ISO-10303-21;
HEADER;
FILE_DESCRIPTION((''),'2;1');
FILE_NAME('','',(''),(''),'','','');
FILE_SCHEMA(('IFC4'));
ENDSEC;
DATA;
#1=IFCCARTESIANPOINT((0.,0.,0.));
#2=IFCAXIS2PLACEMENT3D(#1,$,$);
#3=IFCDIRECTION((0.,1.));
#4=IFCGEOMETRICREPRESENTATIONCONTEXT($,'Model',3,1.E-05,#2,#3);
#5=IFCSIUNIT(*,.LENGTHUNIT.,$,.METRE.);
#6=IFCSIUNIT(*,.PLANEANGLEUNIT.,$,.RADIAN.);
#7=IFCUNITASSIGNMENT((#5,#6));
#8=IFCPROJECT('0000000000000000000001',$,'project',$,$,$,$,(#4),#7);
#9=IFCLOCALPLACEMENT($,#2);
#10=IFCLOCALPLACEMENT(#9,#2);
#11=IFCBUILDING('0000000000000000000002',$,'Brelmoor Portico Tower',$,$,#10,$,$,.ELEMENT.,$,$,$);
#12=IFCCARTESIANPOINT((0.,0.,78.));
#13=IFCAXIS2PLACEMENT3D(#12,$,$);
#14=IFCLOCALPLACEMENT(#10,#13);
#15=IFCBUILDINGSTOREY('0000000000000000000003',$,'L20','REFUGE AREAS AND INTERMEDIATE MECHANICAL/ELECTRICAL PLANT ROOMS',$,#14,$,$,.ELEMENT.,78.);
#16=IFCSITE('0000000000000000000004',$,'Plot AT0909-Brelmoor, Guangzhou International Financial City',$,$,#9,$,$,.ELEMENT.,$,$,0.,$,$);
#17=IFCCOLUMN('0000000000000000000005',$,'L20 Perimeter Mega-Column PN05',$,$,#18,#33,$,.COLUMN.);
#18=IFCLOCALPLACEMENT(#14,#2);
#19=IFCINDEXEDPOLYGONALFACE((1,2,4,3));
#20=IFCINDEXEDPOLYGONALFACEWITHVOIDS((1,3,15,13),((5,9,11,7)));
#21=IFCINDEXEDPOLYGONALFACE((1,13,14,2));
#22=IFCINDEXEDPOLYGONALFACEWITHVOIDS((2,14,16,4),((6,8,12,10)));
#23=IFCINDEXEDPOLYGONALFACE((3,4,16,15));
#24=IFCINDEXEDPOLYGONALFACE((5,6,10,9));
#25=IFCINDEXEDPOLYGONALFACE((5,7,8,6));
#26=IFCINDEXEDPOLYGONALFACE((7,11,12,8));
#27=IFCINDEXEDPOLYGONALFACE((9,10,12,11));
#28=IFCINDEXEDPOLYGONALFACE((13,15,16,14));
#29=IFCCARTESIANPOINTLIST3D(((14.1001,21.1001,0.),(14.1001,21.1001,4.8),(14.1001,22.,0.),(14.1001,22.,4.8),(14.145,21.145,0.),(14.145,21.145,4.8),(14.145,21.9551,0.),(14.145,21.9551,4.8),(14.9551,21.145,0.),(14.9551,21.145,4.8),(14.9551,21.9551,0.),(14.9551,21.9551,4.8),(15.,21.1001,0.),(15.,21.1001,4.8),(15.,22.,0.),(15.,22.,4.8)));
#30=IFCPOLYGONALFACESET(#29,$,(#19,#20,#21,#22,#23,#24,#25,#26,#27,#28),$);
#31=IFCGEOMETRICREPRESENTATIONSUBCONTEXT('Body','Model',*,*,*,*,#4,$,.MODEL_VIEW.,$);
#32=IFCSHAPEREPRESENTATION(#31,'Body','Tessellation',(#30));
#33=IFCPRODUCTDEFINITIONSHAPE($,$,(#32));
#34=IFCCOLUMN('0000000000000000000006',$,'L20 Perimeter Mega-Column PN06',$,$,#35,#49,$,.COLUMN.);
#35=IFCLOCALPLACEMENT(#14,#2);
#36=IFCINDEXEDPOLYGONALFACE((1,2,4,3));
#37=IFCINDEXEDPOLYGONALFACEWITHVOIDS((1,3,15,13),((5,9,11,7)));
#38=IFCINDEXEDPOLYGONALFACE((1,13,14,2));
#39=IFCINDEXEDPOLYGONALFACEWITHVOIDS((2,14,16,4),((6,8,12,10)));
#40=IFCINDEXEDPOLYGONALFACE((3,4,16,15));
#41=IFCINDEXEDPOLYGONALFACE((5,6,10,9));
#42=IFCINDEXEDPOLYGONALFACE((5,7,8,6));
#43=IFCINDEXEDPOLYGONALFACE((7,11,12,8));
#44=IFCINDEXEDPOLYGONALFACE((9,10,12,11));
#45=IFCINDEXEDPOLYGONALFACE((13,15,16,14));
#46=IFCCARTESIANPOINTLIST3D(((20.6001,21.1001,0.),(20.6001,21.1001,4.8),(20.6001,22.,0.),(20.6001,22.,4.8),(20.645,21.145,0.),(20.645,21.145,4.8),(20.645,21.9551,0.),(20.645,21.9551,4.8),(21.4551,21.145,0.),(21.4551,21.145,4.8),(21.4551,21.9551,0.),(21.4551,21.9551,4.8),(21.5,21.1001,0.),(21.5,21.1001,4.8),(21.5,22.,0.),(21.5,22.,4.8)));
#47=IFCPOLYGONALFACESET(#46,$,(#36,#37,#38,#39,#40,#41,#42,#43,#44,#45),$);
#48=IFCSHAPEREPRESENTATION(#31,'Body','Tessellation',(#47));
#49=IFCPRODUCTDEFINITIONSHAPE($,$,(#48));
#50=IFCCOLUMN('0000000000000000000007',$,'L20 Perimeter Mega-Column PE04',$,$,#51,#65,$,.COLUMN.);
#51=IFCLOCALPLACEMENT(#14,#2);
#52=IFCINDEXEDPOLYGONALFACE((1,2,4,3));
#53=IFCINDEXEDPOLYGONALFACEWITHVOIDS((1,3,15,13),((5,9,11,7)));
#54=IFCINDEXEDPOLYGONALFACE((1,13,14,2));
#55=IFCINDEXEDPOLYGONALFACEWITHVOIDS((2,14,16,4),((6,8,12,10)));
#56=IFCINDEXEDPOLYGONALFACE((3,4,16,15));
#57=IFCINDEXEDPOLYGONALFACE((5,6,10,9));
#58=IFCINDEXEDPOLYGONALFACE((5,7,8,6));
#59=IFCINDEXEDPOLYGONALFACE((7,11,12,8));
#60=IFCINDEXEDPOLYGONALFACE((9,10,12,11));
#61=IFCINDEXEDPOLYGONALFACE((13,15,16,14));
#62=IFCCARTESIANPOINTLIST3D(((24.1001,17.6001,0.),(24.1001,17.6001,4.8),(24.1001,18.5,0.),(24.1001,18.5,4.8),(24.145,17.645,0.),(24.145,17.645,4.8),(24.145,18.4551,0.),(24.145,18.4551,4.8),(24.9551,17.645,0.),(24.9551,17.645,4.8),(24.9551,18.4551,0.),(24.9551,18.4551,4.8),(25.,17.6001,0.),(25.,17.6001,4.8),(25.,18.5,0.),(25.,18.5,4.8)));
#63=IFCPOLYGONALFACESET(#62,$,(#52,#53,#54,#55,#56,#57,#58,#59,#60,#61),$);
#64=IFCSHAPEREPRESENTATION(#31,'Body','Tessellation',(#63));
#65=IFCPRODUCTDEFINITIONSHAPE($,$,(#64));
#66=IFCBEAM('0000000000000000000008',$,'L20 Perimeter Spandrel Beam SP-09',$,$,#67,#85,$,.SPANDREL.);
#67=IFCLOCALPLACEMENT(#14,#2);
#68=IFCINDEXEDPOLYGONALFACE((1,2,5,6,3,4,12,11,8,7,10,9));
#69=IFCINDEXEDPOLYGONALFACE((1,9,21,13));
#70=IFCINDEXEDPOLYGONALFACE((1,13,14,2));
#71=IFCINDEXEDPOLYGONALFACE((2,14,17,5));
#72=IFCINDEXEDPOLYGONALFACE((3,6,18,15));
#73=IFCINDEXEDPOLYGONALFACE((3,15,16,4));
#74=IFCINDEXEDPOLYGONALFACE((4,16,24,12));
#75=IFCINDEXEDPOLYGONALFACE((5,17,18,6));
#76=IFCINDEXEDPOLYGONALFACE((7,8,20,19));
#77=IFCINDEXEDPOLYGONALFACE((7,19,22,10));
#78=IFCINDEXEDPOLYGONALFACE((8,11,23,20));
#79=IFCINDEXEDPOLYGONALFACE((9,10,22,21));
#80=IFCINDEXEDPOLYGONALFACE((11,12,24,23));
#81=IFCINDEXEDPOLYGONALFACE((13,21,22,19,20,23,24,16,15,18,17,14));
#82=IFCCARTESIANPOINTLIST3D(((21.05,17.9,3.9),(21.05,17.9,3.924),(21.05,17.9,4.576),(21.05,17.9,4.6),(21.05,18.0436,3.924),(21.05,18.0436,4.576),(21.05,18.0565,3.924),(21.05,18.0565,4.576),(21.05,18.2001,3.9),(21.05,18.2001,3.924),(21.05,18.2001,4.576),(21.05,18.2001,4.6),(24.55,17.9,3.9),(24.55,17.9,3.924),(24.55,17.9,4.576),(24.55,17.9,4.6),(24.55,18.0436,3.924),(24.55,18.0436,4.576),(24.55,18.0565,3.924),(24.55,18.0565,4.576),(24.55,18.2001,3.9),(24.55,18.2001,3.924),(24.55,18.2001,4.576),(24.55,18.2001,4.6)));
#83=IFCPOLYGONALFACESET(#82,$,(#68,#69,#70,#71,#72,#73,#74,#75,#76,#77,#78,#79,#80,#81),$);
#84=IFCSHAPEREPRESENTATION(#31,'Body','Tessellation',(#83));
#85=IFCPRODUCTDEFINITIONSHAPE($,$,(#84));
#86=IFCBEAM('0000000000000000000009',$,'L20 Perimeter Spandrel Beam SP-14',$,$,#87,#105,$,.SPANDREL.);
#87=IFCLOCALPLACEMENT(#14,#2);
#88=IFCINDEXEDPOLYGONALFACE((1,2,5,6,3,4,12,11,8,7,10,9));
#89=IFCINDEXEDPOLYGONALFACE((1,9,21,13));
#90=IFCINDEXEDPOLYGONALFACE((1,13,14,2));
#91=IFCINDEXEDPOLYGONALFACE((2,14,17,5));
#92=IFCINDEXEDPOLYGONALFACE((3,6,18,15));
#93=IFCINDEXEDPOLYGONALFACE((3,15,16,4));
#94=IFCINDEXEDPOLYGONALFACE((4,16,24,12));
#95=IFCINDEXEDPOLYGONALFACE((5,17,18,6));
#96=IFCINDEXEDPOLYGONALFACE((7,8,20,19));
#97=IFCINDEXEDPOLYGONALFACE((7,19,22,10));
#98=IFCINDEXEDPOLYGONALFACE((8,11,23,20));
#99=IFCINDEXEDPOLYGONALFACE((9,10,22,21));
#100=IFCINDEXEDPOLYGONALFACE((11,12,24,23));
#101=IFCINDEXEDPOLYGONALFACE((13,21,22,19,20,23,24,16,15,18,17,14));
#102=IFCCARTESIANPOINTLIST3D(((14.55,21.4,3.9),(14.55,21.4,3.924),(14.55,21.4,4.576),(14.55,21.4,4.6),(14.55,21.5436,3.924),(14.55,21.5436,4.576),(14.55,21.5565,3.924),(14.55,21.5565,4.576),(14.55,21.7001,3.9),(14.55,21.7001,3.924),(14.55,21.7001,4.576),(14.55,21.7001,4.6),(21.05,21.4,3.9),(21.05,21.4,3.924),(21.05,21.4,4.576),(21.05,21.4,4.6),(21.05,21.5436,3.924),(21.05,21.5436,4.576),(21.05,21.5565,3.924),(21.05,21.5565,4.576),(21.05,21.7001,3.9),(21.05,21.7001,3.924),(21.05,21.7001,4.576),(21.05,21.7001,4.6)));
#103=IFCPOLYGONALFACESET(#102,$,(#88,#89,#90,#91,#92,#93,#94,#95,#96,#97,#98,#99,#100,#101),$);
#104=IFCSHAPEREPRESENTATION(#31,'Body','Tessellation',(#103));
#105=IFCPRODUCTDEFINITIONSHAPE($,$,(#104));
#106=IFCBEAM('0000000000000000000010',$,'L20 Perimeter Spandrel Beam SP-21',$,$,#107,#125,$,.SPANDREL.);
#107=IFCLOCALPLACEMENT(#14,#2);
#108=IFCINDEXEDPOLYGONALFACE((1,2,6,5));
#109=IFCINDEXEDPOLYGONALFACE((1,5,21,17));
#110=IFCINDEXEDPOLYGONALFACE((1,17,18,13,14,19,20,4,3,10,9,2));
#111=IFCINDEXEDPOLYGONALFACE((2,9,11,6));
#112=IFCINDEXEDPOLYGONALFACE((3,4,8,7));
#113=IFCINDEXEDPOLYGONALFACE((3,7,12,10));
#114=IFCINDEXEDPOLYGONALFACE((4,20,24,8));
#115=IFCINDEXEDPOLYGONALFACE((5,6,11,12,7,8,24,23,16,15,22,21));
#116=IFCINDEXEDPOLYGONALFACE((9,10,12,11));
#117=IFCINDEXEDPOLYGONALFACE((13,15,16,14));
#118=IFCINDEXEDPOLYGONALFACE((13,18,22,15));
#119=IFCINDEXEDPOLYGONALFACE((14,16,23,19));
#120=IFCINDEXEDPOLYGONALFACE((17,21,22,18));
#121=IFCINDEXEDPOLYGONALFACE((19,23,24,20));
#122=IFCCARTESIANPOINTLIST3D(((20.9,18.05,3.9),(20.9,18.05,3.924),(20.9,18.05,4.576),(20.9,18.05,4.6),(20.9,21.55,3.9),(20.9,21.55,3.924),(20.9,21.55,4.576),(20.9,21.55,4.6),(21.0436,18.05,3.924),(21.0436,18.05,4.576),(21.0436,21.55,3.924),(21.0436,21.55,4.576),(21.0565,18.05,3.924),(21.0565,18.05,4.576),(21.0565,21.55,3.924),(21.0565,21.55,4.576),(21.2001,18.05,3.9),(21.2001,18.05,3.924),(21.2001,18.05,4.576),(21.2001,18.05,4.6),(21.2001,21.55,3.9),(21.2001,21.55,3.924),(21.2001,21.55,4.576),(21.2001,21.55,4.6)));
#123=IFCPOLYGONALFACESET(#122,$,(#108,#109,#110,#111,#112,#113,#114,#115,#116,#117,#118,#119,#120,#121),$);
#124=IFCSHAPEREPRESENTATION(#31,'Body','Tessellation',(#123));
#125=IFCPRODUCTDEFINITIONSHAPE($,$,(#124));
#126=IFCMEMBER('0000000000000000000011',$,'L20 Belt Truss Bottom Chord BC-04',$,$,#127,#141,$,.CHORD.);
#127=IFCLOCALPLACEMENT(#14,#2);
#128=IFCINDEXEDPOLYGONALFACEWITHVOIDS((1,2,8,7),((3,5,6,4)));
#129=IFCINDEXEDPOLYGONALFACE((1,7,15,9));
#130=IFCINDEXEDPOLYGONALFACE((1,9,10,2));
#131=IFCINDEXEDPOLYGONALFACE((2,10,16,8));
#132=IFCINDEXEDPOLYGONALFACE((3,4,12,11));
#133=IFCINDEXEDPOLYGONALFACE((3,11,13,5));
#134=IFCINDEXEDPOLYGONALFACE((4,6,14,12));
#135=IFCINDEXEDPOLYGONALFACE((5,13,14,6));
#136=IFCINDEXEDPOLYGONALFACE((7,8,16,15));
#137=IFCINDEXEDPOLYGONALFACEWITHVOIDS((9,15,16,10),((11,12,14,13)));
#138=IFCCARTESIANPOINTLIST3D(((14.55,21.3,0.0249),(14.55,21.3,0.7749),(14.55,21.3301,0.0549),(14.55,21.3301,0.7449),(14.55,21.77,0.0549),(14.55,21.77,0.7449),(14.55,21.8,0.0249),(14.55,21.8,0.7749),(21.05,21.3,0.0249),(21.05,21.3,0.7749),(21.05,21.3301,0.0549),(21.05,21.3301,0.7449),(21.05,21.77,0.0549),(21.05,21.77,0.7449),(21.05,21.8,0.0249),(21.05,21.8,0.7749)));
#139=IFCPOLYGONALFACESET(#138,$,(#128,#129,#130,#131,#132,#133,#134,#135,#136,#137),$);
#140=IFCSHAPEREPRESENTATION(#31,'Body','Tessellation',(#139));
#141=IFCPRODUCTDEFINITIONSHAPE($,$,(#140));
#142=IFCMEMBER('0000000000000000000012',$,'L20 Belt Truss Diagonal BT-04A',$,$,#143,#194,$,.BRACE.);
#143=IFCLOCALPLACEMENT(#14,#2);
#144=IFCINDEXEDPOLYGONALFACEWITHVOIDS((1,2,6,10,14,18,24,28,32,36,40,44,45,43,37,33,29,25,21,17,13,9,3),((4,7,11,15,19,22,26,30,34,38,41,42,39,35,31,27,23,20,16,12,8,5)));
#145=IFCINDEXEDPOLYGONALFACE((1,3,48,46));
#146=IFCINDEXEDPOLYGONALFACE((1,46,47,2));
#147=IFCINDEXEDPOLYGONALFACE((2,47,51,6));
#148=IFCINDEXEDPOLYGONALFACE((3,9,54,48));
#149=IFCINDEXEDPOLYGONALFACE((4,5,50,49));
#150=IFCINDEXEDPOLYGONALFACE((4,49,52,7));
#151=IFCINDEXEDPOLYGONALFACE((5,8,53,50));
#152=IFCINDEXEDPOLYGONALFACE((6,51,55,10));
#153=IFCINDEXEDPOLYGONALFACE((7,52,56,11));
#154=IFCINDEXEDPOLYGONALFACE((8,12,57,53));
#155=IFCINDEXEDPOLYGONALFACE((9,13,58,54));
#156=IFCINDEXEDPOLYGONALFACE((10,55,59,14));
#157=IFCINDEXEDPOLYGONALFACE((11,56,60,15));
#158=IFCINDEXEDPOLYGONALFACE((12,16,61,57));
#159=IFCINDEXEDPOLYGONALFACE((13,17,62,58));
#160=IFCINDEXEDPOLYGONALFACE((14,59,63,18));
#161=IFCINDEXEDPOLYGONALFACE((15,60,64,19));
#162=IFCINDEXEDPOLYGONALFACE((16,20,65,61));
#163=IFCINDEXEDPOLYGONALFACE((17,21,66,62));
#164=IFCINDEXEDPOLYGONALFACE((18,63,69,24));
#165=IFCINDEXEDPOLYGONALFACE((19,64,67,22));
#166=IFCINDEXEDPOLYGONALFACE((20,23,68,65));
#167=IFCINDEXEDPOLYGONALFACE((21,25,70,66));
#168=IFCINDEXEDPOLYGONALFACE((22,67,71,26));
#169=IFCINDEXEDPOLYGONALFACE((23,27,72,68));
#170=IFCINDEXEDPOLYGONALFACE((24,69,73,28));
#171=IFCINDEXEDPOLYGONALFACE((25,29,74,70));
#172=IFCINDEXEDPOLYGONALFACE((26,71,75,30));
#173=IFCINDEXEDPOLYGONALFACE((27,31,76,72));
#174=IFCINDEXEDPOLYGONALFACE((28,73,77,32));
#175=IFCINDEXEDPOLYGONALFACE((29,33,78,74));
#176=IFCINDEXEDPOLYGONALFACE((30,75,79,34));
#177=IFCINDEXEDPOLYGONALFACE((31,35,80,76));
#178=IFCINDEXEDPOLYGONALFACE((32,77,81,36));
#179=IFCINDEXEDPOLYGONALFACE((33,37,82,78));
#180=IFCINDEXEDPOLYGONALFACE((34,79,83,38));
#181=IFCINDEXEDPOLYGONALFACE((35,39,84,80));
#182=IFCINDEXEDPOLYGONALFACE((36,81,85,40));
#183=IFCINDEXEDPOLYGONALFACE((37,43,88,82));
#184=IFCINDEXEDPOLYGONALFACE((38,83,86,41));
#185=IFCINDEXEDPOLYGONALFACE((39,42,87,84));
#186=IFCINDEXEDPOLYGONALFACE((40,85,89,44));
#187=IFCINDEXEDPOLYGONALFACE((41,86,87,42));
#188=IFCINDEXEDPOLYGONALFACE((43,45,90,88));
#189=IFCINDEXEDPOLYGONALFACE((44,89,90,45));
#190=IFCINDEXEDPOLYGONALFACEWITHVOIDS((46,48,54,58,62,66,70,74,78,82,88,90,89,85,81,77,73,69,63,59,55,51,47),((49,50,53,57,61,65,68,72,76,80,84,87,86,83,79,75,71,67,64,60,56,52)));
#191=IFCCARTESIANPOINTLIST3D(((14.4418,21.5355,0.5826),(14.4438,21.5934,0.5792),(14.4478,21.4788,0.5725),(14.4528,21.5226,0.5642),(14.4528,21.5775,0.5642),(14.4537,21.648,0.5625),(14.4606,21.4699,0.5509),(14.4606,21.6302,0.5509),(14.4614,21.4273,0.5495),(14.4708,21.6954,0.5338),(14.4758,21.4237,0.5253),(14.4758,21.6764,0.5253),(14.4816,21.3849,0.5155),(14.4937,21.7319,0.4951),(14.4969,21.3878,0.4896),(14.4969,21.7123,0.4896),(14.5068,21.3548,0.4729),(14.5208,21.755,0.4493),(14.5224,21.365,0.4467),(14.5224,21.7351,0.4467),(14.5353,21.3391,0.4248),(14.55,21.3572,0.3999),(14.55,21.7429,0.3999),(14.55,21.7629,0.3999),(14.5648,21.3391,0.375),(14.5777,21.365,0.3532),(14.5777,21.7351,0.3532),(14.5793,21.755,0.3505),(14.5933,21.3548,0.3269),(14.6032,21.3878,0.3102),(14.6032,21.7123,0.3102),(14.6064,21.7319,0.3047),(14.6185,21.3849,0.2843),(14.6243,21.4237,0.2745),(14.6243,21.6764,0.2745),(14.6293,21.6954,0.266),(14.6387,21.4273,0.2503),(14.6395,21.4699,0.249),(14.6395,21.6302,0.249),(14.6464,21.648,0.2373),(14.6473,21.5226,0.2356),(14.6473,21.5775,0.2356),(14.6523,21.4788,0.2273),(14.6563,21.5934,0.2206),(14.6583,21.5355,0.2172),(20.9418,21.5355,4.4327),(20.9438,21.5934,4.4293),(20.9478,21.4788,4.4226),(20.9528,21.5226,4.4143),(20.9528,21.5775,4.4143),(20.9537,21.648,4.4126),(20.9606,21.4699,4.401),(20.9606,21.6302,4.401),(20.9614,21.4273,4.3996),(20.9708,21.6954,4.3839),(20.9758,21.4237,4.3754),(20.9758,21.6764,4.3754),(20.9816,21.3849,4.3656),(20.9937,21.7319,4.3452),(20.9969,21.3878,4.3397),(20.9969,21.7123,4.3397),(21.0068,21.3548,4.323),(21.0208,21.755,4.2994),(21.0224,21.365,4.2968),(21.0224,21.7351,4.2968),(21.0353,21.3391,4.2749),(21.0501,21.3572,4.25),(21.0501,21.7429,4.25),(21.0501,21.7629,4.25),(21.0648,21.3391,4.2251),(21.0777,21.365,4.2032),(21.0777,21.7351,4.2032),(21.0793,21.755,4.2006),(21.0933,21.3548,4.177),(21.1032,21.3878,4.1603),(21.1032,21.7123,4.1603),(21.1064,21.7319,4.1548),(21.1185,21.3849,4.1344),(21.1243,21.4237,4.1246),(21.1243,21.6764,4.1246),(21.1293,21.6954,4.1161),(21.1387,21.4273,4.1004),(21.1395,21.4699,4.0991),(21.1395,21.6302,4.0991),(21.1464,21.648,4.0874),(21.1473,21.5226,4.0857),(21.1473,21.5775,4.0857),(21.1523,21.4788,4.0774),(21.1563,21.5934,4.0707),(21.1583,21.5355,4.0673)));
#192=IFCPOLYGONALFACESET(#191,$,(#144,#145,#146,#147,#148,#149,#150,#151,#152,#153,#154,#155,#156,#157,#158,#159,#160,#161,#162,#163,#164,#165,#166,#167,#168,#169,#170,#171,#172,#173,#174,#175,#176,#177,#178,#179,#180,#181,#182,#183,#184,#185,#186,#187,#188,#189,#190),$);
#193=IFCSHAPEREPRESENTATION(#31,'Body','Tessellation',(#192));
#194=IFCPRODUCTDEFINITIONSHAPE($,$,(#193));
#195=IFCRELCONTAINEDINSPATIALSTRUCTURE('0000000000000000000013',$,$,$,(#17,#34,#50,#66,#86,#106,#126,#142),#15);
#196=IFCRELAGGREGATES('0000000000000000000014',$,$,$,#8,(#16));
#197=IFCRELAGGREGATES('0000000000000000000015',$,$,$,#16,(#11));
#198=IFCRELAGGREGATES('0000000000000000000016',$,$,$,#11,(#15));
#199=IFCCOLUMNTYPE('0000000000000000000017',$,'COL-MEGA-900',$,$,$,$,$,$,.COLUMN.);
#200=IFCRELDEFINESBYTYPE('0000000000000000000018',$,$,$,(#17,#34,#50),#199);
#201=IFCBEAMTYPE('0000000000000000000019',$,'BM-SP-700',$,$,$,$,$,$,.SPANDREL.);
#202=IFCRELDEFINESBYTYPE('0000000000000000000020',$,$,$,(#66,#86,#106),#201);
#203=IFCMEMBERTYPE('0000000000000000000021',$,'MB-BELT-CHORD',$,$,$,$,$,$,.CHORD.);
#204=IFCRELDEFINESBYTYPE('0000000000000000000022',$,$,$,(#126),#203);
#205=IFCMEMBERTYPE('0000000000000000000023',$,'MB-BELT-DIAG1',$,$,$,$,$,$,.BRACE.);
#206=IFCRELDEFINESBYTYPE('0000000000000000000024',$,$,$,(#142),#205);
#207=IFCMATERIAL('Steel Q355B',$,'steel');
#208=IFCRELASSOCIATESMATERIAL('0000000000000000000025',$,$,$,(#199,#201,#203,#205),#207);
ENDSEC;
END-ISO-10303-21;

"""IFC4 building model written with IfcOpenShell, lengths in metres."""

from ifc_helpers import new_model, si_unit, direction, frame, origin, origin_2d, place, context, subcontext, project, spatial, hollow_rectangle, hollow_circle, i_section, extrude, material, material_profile, profile_set, type_object, element, save


model = new_model("IFC4")

# Units and contexts
model_context = context("Model", 3, precision=1e-05, world=origin(), true_north=direction((0.0, 1.0)))
body_context = subcontext(model_context, "Body", "Model", "MODEL_VIEW")
ifc_project = project(units=[si_unit("LENGTHUNIT", "METRE"), si_unit("PLANEANGLEUNIT", "RADIAN")], contexts=[model_context])

# Site, building, storey
site_placement = place(None, origin())
site = spatial("IfcSite", under=ifc_project, at=site_placement, Name="Plot AT0909-Brelmoor, Guangzhou International Financial City", CompositionType="ELEMENT", RefElevation=0.0)
building_placement = place(site_placement, origin())
building = spatial("IfcBuilding", under=site, at=building_placement, Name="Brelmoor Portico Tower", CompositionType="ELEMENT")
storey_placement = place(building_placement, frame((0.0, 0.0, 78.0)))
storey = spatial("IfcBuildingStorey", under=building, at=storey_placement, Name="L20", Description="REFUGE AREAS AND INTERMEDIATE MECHANICAL/ELECTRICAL PLANT ROOMS", CompositionType="ELEMENT", Elevation=78.0)

# Columns
ifc_material_1 = material(Name="Steel Q355B", Category="steel")
ifc_material_profile_1 = material_profile(ifc_material_1, hollow_rectangle(XDim=0.8999, YDim=0.8999, WallThickness=0.0449, at=origin_2d()), Name="BOX 900x900x45")
ifc_profile_set_1 = profile_set([ifc_material_profile_1], Name="Steel Q355B")
column_type = type_object("IfcColumnType", Name="COL-MEGA-900", PredefinedType="COLUMN", material=ifc_profile_set_1)
for number, where, z_axis, x_axis, name in (
    (1, (14.55, 21.55, 0.0), (0.0, 0.0, 1.0), (1.0, 0.0, 0.0), "L20 Perimeter Mega-Column PN05"),
    (2, (21.05, 21.55, 0.0), (0.0, 0.0, 1.0), (1.0, 0.0, 0.0), "L20 Perimeter Mega-Column PN06"),
    (3, (24.55, 18.05, 0.0), (0.0, 0.0, 1.0), (0.0, 1.0, 0.0), "L20 Perimeter Mega-Column PE04"),
):
    element("IfcColumn", number, at=place(storey_placement, frame(where, z_axis=z_axis, x_axis=x_axis)), inside=storey, type_object=column_type, Name=name, PredefinedType="COLUMN", context=body_context, shape_type="SweptSolid", body=[
        extrude(hollow_rectangle(XDim=0.8999, YDim=0.8999, WallThickness=0.0449, at=origin_2d()), origin(), (0.0, 0.0, 1.0), 4.8),
    ])

# Beams
ifc_material_profile_2 = material_profile(ifc_material_1, i_section(OverallWidth=0.3, OverallDepth=0.7, WebThickness=0.0129, FlangeThickness=0.0239, at=origin_2d()), Name="HN 700x300x13x24")
ifc_profile_set_2 = profile_set([ifc_material_profile_2], Name="Steel Q355B")
beam_type = type_object("IfcBeamType", Name="BM-SP-700", PredefinedType="SPANDREL", material=ifc_profile_set_2)
beam_1_placement = place(storey_placement, frame((21.05, 18.05, 4.25), z_axis=(1.0, 0.0, 0.0), x_axis=(0.0, 1.0, 0.0)))
element("IfcBeam", 4, at=beam_1_placement, inside=storey, type_object=beam_type, Name="L20 Perimeter Spandrel Beam SP-09", PredefinedType="SPANDREL", context=body_context, shape_type="SweptSolid", body=[
    extrude(i_section(OverallWidth=0.3, OverallDepth=0.7, WebThickness=0.0129, FlangeThickness=0.0239, at=origin_2d()), origin(), (0.0, 0.0, 1.0), 3.5),
])
beam_2_placement = place(storey_placement, frame((14.55, 21.55, 4.25), z_axis=(1.0, 0.0, 0.0), x_axis=(0.0, 1.0, 0.0)))
element("IfcBeam", 5, at=beam_2_placement, inside=storey, type_object=beam_type, Name="L20 Perimeter Spandrel Beam SP-14", PredefinedType="SPANDREL", context=body_context, shape_type="SweptSolid", body=[
    extrude(i_section(OverallWidth=0.3, OverallDepth=0.7, WebThickness=0.0129, FlangeThickness=0.0239, at=origin_2d()), origin(), (0.0, 0.0, 1.0), 6.5),
])
beam_3_placement = place(storey_placement, frame((21.05, 18.05, 4.25), z_axis=(0.0, 1.0, 0.0), x_axis=(-1.0, 0.0, 0.0)))
element("IfcBeam", 6, at=beam_3_placement, inside=storey, type_object=beam_type, Name="L20 Perimeter Spandrel Beam SP-21", PredefinedType="SPANDREL", context=body_context, shape_type="SweptSolid", body=[
    extrude(i_section(OverallWidth=0.3, OverallDepth=0.7, WebThickness=0.0129, FlangeThickness=0.0239, at=origin_2d()), origin(), (0.0, 0.0, 1.0), 3.5),
])

# Members
ifc_material_profile_3 = material_profile(ifc_material_1, hollow_rectangle(XDim=0.5, YDim=0.75, WallThickness=0.03, at=origin_2d()), Name="RHS 500x750x30")
ifc_profile_set_3 = profile_set([ifc_material_profile_3], Name="Steel Q355B")
member_type_1 = type_object("IfcMemberType", Name="MB-BELT-CHORD", PredefinedType="CHORD", material=ifc_profile_set_3)
member_1_placement = place(storey_placement, frame((14.55, 21.55, 0.3999), z_axis=(1.0, 0.0, 0.0), x_axis=(0.0, 1.0, 0.0)))
element("IfcMember", 7, at=member_1_placement, inside=storey, type_object=member_type_1, Name="L20 Belt Truss Bottom Chord BC-04", PredefinedType="CHORD", context=body_context, shape_type="SweptSolid", body=[
    extrude(hollow_rectangle(XDim=0.5, YDim=0.75, WallThickness=0.03, at=origin_2d()), origin(), (0.0, 0.0, 1.0), 6.5),
])
ifc_material_profile_4 = material_profile(ifc_material_1, hollow_circle(Radius=0.2129, WallThickness=0.02, at=origin_2d()), Name="CHS 426x20")
ifc_profile_set_4 = profile_set([ifc_material_profile_4], Name="Steel Q355B")
member_type_2 = type_object("IfcMemberType", Name="MB-BELT-DIAG1", PredefinedType="BRACE", material=ifc_profile_set_4)
member_2_placement = place(storey_placement, frame((14.55, 21.55, 0.3999), z_axis=(0.860393, 0.0, 0.509631), x_axis=(0.0, 1.0, 0.0)))
element("IfcMember", 8, at=member_2_placement, inside=storey, type_object=member_type_2, Name="L20 Belt Truss Diagonal BT-04A", PredefinedType="BRACE", context=body_context, shape_type="SweptSolid", body=[
    extrude(hollow_circle(Radius=0.2129, WallThickness=0.02, at=origin_2d()), origin(), (0.0, 0.0, 1.0), 7.5547),
])

save(model, "model.ifc")
